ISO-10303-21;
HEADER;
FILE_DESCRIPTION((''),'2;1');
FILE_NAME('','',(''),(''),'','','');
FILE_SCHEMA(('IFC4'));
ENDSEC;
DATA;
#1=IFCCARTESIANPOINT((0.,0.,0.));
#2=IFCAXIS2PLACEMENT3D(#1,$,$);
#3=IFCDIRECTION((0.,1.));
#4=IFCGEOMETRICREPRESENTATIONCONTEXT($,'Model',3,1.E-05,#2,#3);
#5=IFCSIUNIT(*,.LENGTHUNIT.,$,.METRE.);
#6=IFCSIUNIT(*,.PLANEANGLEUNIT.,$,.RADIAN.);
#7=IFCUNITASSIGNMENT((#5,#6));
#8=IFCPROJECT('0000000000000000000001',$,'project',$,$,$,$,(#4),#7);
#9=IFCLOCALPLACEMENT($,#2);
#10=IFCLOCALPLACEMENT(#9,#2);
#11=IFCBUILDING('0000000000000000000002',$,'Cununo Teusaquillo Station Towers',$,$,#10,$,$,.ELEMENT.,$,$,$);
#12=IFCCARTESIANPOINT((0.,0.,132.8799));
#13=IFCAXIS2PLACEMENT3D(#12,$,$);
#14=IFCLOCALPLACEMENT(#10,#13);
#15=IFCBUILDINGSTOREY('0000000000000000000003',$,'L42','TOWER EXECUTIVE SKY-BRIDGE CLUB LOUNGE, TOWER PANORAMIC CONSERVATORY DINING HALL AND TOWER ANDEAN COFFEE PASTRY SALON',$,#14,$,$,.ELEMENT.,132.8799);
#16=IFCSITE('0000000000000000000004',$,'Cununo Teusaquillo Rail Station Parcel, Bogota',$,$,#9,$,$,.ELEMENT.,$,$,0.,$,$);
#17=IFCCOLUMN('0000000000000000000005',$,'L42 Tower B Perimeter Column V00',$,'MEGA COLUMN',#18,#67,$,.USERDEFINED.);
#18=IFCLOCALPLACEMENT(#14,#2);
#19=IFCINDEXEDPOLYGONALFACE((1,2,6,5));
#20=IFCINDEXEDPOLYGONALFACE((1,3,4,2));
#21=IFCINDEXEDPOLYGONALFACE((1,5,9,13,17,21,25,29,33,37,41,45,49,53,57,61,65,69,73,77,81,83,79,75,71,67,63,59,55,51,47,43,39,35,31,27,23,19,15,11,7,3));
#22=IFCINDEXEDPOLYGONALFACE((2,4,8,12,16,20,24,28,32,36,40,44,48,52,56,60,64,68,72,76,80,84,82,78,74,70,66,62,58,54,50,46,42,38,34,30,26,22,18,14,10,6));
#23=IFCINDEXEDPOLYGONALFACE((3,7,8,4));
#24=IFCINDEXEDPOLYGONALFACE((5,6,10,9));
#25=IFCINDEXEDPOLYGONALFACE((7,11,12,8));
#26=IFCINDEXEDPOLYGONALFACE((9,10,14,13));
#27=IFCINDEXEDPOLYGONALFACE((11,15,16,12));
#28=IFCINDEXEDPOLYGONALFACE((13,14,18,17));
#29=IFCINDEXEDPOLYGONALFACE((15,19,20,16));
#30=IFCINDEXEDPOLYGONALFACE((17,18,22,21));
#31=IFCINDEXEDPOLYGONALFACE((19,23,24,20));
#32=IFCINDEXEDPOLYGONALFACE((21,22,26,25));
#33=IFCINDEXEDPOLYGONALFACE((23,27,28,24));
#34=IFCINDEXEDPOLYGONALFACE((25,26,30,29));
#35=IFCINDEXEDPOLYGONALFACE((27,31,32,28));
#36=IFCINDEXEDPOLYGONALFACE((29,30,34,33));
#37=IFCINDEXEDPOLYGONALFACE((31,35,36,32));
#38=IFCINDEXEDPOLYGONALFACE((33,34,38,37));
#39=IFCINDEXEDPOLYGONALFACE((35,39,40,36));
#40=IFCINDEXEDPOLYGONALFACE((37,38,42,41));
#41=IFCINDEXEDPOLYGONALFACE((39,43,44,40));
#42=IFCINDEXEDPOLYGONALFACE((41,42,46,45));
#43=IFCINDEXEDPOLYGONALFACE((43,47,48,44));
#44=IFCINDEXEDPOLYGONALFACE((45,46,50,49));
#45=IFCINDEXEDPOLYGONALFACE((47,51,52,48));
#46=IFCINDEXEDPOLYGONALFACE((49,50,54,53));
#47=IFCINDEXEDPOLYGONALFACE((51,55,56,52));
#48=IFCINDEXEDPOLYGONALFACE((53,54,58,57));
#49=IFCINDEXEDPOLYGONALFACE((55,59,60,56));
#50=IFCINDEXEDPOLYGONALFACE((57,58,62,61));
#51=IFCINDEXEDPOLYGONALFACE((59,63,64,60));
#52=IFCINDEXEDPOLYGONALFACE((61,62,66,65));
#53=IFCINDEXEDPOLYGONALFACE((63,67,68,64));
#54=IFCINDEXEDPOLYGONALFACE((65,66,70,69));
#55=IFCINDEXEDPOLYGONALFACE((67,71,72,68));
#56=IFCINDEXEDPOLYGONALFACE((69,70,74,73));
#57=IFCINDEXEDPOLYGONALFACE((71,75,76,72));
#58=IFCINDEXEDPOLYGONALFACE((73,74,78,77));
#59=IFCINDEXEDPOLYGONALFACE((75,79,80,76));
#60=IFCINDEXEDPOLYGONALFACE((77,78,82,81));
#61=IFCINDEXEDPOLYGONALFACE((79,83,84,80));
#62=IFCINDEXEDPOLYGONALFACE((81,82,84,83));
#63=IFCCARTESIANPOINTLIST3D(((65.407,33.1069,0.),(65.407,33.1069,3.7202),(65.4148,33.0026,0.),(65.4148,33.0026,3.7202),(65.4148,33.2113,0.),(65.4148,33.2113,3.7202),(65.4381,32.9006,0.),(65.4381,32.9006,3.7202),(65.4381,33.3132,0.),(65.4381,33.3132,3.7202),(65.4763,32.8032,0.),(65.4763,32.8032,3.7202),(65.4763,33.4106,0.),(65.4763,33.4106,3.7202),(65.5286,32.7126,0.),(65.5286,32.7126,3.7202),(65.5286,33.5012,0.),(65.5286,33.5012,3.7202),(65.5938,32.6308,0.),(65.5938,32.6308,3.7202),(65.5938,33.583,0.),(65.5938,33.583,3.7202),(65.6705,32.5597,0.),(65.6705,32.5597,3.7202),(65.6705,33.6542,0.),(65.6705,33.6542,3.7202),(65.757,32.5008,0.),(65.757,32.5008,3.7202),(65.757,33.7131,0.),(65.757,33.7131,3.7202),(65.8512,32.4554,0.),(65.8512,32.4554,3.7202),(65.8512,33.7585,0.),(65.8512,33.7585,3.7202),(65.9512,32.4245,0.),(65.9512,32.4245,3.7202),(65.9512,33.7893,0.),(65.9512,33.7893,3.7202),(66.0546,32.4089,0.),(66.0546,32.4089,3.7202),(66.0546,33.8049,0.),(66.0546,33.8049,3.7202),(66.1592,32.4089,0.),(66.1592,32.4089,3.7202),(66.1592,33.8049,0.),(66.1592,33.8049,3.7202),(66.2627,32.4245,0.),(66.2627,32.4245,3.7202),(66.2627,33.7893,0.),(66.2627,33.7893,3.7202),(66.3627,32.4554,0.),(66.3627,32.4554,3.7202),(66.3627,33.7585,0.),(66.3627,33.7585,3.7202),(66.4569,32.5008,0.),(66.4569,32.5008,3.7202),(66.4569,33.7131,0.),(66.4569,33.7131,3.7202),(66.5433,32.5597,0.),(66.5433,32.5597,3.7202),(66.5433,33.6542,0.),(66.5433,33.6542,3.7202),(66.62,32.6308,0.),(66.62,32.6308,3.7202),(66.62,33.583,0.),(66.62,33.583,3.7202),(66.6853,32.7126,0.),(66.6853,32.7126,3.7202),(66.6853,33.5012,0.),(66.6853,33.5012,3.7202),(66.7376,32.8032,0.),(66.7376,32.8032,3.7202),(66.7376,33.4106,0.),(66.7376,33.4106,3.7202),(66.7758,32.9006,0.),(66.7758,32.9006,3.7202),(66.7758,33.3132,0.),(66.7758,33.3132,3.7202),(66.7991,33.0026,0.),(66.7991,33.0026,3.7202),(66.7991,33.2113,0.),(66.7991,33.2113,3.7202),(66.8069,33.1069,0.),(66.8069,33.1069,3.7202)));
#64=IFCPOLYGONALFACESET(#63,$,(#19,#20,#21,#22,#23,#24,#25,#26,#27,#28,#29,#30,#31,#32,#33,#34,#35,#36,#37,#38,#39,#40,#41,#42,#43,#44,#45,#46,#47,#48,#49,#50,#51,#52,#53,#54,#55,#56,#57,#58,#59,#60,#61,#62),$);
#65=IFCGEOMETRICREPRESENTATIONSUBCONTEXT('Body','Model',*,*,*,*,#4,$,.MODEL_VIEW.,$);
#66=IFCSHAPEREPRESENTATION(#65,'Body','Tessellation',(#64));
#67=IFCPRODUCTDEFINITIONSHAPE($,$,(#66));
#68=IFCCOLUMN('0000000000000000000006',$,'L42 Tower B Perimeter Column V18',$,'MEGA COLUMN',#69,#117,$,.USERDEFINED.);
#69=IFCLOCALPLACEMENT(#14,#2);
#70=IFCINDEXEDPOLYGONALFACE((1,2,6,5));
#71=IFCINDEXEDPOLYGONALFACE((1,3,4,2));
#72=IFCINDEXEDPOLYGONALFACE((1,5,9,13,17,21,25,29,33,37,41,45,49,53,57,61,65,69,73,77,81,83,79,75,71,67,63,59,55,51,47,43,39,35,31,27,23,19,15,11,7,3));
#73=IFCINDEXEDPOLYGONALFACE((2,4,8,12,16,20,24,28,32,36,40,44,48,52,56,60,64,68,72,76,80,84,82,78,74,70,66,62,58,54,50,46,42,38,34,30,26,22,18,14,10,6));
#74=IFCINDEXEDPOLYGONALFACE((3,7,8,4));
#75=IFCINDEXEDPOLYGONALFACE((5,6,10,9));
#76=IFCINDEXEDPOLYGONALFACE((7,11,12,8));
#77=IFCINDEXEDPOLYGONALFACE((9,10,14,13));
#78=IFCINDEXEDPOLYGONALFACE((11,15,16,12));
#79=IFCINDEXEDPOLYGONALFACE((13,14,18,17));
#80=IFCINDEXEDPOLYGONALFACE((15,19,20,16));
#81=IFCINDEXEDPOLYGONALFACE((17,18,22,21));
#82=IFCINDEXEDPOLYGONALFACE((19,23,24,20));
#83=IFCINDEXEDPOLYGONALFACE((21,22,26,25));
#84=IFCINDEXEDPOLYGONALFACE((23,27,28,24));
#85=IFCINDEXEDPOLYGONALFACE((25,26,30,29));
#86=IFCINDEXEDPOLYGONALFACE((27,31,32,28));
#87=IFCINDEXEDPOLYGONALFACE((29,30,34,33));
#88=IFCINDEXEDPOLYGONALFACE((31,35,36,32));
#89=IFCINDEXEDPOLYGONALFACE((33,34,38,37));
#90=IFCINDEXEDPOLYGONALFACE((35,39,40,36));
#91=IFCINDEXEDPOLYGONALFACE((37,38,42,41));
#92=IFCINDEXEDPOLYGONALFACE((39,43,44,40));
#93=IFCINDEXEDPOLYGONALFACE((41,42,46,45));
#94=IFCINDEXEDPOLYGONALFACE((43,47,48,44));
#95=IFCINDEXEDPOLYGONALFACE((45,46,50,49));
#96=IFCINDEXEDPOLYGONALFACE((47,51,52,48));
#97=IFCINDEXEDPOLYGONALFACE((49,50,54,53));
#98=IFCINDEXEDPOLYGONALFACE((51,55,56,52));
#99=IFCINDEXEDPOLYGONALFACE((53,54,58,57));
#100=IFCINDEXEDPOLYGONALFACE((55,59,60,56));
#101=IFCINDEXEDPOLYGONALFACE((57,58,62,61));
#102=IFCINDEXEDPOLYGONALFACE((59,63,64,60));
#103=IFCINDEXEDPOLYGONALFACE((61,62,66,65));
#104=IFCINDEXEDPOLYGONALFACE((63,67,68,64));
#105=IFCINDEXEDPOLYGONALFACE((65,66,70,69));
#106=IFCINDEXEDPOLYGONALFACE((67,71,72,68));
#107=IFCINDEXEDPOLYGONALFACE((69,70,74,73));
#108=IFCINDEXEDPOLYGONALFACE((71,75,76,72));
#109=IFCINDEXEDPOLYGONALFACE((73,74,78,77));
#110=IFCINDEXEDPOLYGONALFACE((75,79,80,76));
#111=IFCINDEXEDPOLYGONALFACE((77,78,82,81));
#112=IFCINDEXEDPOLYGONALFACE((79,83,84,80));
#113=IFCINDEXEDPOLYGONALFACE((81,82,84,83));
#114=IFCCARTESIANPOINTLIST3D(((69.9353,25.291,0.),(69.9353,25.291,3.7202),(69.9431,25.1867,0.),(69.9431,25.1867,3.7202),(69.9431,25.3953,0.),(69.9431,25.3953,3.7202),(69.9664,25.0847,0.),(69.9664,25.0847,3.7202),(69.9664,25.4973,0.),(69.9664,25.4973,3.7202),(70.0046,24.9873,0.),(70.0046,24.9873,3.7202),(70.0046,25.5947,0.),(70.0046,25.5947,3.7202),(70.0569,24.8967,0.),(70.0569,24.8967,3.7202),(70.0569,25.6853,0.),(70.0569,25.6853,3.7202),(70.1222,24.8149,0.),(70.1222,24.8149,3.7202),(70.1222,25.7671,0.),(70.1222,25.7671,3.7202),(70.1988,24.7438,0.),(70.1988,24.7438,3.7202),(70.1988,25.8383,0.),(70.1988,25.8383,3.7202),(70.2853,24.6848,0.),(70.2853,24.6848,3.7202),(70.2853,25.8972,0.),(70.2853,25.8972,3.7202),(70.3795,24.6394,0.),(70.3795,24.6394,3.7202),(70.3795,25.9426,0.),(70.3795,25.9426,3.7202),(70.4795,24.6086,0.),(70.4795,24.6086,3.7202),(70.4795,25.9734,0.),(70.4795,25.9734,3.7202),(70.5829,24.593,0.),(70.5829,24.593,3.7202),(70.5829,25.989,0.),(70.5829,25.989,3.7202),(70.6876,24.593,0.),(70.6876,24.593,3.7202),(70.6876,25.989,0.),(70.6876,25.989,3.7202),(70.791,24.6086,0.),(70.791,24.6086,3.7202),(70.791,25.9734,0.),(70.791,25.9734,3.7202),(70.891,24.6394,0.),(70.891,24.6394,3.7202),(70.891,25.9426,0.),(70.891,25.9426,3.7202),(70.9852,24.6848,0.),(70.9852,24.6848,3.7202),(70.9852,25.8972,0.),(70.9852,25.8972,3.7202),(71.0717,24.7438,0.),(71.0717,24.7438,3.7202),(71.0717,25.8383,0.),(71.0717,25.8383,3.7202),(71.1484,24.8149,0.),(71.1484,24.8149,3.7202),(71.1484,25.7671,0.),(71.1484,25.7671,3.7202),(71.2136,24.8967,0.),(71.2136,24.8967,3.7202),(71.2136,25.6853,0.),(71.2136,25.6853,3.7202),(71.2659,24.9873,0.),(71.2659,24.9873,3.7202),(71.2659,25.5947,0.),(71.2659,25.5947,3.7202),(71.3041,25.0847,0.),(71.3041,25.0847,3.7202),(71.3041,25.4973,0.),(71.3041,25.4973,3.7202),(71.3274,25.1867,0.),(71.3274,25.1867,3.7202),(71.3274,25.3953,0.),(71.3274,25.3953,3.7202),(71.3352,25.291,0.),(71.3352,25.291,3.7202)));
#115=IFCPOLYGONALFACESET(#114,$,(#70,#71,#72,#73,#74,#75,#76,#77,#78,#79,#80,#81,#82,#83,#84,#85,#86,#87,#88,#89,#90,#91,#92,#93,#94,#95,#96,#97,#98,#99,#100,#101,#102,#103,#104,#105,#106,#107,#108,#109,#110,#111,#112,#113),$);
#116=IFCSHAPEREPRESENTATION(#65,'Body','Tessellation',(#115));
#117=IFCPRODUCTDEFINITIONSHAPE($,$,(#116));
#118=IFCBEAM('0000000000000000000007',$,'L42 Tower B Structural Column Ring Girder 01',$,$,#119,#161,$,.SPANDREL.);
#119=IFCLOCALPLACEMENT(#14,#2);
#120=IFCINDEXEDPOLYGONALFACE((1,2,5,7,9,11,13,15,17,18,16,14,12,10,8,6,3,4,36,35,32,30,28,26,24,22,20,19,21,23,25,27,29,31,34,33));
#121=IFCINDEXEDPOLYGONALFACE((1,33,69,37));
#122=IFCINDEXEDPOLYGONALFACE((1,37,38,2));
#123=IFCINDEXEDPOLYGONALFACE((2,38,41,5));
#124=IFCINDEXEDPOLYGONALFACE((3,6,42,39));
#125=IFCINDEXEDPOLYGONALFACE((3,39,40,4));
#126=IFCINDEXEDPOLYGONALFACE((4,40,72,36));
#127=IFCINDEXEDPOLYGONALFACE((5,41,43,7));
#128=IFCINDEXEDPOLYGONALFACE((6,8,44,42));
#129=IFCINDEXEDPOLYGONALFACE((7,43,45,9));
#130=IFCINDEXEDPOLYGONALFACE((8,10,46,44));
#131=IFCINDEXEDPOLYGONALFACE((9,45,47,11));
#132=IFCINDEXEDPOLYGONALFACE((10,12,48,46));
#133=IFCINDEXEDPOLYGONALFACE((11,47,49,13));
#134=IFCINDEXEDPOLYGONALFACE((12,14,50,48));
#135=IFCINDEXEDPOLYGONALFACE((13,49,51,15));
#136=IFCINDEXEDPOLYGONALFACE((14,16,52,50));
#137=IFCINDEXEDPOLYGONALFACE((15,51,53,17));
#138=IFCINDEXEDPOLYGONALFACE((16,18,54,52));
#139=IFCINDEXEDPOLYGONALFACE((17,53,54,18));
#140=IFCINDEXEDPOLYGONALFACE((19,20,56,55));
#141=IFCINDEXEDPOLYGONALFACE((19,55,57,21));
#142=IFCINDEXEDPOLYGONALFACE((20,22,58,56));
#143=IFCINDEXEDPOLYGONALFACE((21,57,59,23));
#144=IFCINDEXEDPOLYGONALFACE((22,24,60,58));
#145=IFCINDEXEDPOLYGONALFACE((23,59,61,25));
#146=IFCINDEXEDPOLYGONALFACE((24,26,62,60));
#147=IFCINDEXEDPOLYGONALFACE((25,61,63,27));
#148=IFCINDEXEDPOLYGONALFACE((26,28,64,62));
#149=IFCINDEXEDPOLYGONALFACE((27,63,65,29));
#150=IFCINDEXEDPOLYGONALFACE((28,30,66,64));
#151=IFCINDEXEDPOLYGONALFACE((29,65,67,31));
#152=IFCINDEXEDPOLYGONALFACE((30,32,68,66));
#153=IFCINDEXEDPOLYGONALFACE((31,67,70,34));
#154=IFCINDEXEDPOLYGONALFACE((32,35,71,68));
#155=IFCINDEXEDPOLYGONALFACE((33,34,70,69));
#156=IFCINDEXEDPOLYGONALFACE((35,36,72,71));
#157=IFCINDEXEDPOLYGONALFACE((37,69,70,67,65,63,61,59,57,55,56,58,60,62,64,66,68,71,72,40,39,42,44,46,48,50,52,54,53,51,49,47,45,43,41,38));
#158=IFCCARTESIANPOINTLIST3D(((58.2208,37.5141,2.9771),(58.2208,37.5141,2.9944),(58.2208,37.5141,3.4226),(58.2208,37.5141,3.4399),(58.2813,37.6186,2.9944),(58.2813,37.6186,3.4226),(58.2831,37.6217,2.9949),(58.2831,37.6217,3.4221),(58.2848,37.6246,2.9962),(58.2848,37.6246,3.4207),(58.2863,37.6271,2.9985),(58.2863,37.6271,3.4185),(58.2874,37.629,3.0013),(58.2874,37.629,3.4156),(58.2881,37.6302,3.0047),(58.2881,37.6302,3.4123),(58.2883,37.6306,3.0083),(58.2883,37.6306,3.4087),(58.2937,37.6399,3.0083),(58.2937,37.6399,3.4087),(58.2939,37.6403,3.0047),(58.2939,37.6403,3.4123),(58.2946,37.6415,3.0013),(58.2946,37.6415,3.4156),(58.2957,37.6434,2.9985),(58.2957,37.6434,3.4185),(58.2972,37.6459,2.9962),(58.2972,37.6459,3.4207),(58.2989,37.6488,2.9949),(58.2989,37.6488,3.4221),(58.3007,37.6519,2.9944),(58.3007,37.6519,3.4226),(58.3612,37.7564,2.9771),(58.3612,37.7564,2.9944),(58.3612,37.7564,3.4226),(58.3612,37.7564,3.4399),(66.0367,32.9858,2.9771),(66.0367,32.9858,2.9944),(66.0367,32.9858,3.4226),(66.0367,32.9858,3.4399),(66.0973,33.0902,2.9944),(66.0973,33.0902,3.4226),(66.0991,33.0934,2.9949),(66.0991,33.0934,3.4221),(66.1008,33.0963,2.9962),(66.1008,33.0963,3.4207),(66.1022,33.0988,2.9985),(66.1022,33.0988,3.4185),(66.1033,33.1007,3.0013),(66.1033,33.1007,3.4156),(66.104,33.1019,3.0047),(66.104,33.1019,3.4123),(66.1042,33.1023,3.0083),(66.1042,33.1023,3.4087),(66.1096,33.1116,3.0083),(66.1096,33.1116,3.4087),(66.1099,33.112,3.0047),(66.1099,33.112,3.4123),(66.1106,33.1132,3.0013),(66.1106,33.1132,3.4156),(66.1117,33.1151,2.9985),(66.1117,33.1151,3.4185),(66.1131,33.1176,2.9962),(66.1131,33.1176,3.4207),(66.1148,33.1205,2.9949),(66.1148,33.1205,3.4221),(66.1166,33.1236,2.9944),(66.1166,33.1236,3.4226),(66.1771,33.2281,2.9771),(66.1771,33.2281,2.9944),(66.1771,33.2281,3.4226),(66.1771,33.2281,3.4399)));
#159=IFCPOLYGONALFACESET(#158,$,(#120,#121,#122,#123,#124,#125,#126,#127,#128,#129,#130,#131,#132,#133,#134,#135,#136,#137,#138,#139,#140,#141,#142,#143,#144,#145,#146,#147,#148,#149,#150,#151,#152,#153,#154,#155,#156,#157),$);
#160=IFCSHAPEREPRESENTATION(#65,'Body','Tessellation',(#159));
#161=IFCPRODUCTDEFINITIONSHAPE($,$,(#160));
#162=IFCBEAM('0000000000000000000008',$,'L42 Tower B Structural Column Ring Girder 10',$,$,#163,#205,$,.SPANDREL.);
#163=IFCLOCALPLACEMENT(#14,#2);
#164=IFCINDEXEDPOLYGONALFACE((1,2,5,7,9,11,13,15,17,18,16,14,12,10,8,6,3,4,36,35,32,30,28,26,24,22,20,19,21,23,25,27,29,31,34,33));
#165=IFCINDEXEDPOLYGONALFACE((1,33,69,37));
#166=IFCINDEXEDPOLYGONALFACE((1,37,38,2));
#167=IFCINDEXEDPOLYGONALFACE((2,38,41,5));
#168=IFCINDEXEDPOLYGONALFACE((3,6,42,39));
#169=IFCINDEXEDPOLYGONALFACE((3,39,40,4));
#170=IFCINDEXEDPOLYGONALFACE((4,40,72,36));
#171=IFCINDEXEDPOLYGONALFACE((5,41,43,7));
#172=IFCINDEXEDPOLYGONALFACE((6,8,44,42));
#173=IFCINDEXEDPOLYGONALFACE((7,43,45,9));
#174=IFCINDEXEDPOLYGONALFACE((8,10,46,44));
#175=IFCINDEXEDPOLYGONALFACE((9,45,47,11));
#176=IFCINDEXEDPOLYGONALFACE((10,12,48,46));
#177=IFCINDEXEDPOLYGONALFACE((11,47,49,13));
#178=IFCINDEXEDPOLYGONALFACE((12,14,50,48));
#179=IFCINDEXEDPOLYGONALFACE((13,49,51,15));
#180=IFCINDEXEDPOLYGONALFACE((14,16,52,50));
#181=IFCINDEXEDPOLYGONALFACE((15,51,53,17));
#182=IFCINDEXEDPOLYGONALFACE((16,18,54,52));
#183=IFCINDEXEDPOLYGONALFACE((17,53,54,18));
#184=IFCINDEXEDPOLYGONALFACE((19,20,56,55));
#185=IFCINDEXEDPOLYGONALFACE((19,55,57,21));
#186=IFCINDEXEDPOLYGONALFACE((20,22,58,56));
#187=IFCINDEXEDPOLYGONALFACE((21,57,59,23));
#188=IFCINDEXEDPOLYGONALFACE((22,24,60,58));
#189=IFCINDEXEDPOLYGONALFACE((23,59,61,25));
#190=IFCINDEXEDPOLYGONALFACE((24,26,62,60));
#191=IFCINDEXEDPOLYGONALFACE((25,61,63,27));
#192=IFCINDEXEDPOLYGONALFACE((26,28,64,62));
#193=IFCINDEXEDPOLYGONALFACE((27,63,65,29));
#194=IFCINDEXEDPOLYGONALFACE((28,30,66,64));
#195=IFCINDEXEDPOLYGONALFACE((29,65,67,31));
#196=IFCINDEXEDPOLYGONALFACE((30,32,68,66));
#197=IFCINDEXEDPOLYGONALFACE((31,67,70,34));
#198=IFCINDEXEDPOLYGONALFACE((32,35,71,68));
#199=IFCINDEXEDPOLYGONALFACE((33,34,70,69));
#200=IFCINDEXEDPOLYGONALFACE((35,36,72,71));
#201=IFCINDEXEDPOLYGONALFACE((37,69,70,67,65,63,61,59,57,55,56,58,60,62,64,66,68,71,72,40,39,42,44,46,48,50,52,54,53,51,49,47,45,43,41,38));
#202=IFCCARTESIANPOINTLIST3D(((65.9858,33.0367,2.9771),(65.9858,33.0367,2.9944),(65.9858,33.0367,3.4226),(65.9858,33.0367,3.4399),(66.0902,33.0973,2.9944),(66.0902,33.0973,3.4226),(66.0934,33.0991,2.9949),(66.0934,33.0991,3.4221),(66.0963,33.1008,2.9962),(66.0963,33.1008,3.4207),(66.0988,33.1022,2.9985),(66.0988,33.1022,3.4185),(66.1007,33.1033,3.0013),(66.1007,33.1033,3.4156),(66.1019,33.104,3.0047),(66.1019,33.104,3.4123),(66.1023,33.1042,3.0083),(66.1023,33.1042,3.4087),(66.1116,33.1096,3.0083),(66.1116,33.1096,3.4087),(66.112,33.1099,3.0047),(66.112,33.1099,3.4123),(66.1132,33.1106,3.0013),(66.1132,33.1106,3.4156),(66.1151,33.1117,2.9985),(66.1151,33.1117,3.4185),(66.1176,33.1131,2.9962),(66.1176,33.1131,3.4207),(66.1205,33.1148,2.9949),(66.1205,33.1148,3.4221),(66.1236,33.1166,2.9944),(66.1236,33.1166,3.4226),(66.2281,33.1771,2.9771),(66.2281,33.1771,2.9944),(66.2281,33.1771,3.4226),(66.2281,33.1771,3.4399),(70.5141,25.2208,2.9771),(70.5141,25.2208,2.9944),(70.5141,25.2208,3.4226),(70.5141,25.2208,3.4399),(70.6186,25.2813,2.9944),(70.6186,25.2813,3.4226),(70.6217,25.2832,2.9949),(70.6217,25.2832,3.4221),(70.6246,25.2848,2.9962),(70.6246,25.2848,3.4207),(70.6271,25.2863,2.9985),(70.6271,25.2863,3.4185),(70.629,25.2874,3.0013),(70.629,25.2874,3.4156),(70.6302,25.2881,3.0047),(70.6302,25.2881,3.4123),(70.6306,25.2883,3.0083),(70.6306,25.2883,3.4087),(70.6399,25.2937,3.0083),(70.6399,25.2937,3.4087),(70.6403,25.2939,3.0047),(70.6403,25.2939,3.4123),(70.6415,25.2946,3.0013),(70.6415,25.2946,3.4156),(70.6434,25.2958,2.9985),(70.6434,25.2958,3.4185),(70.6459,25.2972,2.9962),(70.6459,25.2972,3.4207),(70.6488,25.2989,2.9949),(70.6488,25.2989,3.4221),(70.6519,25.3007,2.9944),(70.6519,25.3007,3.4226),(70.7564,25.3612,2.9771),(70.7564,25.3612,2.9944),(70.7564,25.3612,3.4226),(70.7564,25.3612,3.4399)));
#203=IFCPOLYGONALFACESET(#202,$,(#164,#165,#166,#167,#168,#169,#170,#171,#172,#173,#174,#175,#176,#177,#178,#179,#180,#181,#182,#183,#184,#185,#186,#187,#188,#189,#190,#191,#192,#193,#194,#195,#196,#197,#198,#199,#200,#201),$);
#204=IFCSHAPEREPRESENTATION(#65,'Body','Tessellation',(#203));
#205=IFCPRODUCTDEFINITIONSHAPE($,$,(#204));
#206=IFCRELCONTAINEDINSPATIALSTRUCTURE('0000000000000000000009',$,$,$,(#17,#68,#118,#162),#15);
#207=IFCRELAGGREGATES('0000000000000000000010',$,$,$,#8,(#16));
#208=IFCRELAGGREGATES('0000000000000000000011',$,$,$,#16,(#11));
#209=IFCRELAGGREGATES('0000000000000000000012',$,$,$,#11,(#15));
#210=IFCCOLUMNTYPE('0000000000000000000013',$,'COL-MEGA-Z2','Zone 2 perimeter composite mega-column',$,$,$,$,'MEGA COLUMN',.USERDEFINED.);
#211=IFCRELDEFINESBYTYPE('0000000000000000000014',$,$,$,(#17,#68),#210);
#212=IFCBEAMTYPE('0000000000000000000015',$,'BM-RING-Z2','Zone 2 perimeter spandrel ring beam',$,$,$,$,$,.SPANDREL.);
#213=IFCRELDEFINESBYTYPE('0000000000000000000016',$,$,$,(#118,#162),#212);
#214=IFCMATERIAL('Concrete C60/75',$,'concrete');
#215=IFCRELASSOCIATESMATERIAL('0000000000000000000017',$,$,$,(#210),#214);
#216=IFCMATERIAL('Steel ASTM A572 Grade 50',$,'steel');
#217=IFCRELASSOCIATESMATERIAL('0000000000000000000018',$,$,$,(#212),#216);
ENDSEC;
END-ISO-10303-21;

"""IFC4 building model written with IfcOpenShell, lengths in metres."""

from ifc_helpers import new_model, si_unit, direction, frame, origin, origin_2d, place, context, subcontext, project, spatial, circle, i_section, extrude, material, material_profile, profile_set, type_object, element, save


model = new_model("IFC4")

# Units and contexts
model_context = context("Model", 3, precision=1e-05, world=origin(), true_north=direction((0.0, 1.0)))
body_context = subcontext(model_context, "Body", "Model", "MODEL_VIEW")
ifc_project = project(units=[si_unit("LENGTHUNIT", "METRE"), si_unit("PLANEANGLEUNIT", "RADIAN")], contexts=[model_context])

# Site, building, storey
site_placement = place(None, origin())
site = spatial("IfcSite", under=ifc_project, at=site_placement, Name="Cununo Teusaquillo Rail Station Parcel, Bogota", CompositionType="ELEMENT", RefElevation=0.0)
building_placement = place(site_placement, origin())
building = spatial("IfcBuilding", under=site, at=building_placement, Name="Cununo Teusaquillo Station Towers", CompositionType="ELEMENT")
storey_placement = place(building_placement, frame((0.0, 0.0, 132.8799)))
storey = spatial("IfcBuildingStorey", under=building, at=storey_placement, Name="L42", Description="TOWER EXECUTIVE SKY-BRIDGE CLUB LOUNGE, TOWER PANORAMIC CONSERVATORY DINING HALL AND TOWER ANDEAN COFFEE PASTRY SALON", CompositionType="ELEMENT", Elevation=132.8799)

# Columns
ifc_material_1 = material(Name="Concrete C60/75", Category="concrete")
ifc_material_profile_1 = material_profile(ifc_material_1, circle(Radius=0.7, at=origin_2d()), Name="RC-CIRC-1400")
ifc_profile_set_1 = profile_set([ifc_material_profile_1], Name="Concrete C60/75")
column_type = type_object("IfcColumnType", Name="COL-MEGA-Z2", Description="Zone 2 perimeter composite mega-column", ElementType="MEGA COLUMN", PredefinedType="USERDEFINED", material=ifc_profile_set_1)
for number, where, z_axis, x_axis, name in (
    (1, (66.1069, 33.1069, 0.0), (0.0, 0.0, 1.0), (1.0, 0.0, 0.0), "L42 Tower B Perimeter Column V00"),
    (2, (70.6353, 25.291, 0.0), (0.0, 0.0, 1.0), (1.0, 0.0, 0.0), "L42 Tower B Perimeter Column V18"),
):
    element("IfcColumn", number, at=place(storey_placement, frame(where, z_axis=z_axis, x_axis=x_axis)), inside=storey, type_object=column_type, Name=name, ObjectType="MEGA COLUMN", PredefinedType="USERDEFINED", context=body_context, shape_type="SweptSolid", body=[
        extrude(circle(Radius=0.7, at=origin_2d()), origin(), (0.0, 0.0, 1.0), 3.7202),
    ])

# Beams
ifc_material_2 = material(Name="Steel ASTM A572 Grade 50", Category="steel")
ifc_material_profile_2 = material_profile(ifc_material_2, i_section(OverallWidth=0.28, OverallDepth=0.4629, WebThickness=0.0107, FlangeThickness=0.0173, FilletRadius=0.0139, at=origin_2d()), Name="W18X76")
ifc_profile_set_2 = profile_set([ifc_material_profile_2], Name="Steel ASTM A572 Grade 50")
beam_type = type_object("IfcBeamType", Name="BM-RING-Z2", Description="Zone 2 perimeter spandrel ring beam", PredefinedType="SPANDREL", material=ifc_profile_set_2)
for number, where, z_axis, x_axis, name in (
    (3, (66.1069, 33.1069, 3.2085), (-0.865267, 0.501311, 0.0), (-0.501311, -0.865267, 0.0), "L42 Tower B Structural Column Ring Girder 01"),
    (4, (70.6353, 25.291, 3.2085), (-0.501311, 0.865267, 0.0), (-0.865267, -0.501311, 0.0), "L42 Tower B Structural Column Ring Girder 10"),
):
    element("IfcBeam", number, at=place(storey_placement, frame(where, z_axis=z_axis, x_axis=x_axis)), inside=storey, type_object=beam_type, Name=name, PredefinedType="SPANDREL", context=body_context, shape_type="SweptSolid", body=[
        extrude(i_section(OverallWidth=0.28, OverallDepth=0.4629, WebThickness=0.0107, FlangeThickness=0.0173, FilletRadius=0.0139, at=origin_2d()), origin(), (0.0, 0.0, 1.0), 9.033),
    ])

save(model, "model.ifc")
